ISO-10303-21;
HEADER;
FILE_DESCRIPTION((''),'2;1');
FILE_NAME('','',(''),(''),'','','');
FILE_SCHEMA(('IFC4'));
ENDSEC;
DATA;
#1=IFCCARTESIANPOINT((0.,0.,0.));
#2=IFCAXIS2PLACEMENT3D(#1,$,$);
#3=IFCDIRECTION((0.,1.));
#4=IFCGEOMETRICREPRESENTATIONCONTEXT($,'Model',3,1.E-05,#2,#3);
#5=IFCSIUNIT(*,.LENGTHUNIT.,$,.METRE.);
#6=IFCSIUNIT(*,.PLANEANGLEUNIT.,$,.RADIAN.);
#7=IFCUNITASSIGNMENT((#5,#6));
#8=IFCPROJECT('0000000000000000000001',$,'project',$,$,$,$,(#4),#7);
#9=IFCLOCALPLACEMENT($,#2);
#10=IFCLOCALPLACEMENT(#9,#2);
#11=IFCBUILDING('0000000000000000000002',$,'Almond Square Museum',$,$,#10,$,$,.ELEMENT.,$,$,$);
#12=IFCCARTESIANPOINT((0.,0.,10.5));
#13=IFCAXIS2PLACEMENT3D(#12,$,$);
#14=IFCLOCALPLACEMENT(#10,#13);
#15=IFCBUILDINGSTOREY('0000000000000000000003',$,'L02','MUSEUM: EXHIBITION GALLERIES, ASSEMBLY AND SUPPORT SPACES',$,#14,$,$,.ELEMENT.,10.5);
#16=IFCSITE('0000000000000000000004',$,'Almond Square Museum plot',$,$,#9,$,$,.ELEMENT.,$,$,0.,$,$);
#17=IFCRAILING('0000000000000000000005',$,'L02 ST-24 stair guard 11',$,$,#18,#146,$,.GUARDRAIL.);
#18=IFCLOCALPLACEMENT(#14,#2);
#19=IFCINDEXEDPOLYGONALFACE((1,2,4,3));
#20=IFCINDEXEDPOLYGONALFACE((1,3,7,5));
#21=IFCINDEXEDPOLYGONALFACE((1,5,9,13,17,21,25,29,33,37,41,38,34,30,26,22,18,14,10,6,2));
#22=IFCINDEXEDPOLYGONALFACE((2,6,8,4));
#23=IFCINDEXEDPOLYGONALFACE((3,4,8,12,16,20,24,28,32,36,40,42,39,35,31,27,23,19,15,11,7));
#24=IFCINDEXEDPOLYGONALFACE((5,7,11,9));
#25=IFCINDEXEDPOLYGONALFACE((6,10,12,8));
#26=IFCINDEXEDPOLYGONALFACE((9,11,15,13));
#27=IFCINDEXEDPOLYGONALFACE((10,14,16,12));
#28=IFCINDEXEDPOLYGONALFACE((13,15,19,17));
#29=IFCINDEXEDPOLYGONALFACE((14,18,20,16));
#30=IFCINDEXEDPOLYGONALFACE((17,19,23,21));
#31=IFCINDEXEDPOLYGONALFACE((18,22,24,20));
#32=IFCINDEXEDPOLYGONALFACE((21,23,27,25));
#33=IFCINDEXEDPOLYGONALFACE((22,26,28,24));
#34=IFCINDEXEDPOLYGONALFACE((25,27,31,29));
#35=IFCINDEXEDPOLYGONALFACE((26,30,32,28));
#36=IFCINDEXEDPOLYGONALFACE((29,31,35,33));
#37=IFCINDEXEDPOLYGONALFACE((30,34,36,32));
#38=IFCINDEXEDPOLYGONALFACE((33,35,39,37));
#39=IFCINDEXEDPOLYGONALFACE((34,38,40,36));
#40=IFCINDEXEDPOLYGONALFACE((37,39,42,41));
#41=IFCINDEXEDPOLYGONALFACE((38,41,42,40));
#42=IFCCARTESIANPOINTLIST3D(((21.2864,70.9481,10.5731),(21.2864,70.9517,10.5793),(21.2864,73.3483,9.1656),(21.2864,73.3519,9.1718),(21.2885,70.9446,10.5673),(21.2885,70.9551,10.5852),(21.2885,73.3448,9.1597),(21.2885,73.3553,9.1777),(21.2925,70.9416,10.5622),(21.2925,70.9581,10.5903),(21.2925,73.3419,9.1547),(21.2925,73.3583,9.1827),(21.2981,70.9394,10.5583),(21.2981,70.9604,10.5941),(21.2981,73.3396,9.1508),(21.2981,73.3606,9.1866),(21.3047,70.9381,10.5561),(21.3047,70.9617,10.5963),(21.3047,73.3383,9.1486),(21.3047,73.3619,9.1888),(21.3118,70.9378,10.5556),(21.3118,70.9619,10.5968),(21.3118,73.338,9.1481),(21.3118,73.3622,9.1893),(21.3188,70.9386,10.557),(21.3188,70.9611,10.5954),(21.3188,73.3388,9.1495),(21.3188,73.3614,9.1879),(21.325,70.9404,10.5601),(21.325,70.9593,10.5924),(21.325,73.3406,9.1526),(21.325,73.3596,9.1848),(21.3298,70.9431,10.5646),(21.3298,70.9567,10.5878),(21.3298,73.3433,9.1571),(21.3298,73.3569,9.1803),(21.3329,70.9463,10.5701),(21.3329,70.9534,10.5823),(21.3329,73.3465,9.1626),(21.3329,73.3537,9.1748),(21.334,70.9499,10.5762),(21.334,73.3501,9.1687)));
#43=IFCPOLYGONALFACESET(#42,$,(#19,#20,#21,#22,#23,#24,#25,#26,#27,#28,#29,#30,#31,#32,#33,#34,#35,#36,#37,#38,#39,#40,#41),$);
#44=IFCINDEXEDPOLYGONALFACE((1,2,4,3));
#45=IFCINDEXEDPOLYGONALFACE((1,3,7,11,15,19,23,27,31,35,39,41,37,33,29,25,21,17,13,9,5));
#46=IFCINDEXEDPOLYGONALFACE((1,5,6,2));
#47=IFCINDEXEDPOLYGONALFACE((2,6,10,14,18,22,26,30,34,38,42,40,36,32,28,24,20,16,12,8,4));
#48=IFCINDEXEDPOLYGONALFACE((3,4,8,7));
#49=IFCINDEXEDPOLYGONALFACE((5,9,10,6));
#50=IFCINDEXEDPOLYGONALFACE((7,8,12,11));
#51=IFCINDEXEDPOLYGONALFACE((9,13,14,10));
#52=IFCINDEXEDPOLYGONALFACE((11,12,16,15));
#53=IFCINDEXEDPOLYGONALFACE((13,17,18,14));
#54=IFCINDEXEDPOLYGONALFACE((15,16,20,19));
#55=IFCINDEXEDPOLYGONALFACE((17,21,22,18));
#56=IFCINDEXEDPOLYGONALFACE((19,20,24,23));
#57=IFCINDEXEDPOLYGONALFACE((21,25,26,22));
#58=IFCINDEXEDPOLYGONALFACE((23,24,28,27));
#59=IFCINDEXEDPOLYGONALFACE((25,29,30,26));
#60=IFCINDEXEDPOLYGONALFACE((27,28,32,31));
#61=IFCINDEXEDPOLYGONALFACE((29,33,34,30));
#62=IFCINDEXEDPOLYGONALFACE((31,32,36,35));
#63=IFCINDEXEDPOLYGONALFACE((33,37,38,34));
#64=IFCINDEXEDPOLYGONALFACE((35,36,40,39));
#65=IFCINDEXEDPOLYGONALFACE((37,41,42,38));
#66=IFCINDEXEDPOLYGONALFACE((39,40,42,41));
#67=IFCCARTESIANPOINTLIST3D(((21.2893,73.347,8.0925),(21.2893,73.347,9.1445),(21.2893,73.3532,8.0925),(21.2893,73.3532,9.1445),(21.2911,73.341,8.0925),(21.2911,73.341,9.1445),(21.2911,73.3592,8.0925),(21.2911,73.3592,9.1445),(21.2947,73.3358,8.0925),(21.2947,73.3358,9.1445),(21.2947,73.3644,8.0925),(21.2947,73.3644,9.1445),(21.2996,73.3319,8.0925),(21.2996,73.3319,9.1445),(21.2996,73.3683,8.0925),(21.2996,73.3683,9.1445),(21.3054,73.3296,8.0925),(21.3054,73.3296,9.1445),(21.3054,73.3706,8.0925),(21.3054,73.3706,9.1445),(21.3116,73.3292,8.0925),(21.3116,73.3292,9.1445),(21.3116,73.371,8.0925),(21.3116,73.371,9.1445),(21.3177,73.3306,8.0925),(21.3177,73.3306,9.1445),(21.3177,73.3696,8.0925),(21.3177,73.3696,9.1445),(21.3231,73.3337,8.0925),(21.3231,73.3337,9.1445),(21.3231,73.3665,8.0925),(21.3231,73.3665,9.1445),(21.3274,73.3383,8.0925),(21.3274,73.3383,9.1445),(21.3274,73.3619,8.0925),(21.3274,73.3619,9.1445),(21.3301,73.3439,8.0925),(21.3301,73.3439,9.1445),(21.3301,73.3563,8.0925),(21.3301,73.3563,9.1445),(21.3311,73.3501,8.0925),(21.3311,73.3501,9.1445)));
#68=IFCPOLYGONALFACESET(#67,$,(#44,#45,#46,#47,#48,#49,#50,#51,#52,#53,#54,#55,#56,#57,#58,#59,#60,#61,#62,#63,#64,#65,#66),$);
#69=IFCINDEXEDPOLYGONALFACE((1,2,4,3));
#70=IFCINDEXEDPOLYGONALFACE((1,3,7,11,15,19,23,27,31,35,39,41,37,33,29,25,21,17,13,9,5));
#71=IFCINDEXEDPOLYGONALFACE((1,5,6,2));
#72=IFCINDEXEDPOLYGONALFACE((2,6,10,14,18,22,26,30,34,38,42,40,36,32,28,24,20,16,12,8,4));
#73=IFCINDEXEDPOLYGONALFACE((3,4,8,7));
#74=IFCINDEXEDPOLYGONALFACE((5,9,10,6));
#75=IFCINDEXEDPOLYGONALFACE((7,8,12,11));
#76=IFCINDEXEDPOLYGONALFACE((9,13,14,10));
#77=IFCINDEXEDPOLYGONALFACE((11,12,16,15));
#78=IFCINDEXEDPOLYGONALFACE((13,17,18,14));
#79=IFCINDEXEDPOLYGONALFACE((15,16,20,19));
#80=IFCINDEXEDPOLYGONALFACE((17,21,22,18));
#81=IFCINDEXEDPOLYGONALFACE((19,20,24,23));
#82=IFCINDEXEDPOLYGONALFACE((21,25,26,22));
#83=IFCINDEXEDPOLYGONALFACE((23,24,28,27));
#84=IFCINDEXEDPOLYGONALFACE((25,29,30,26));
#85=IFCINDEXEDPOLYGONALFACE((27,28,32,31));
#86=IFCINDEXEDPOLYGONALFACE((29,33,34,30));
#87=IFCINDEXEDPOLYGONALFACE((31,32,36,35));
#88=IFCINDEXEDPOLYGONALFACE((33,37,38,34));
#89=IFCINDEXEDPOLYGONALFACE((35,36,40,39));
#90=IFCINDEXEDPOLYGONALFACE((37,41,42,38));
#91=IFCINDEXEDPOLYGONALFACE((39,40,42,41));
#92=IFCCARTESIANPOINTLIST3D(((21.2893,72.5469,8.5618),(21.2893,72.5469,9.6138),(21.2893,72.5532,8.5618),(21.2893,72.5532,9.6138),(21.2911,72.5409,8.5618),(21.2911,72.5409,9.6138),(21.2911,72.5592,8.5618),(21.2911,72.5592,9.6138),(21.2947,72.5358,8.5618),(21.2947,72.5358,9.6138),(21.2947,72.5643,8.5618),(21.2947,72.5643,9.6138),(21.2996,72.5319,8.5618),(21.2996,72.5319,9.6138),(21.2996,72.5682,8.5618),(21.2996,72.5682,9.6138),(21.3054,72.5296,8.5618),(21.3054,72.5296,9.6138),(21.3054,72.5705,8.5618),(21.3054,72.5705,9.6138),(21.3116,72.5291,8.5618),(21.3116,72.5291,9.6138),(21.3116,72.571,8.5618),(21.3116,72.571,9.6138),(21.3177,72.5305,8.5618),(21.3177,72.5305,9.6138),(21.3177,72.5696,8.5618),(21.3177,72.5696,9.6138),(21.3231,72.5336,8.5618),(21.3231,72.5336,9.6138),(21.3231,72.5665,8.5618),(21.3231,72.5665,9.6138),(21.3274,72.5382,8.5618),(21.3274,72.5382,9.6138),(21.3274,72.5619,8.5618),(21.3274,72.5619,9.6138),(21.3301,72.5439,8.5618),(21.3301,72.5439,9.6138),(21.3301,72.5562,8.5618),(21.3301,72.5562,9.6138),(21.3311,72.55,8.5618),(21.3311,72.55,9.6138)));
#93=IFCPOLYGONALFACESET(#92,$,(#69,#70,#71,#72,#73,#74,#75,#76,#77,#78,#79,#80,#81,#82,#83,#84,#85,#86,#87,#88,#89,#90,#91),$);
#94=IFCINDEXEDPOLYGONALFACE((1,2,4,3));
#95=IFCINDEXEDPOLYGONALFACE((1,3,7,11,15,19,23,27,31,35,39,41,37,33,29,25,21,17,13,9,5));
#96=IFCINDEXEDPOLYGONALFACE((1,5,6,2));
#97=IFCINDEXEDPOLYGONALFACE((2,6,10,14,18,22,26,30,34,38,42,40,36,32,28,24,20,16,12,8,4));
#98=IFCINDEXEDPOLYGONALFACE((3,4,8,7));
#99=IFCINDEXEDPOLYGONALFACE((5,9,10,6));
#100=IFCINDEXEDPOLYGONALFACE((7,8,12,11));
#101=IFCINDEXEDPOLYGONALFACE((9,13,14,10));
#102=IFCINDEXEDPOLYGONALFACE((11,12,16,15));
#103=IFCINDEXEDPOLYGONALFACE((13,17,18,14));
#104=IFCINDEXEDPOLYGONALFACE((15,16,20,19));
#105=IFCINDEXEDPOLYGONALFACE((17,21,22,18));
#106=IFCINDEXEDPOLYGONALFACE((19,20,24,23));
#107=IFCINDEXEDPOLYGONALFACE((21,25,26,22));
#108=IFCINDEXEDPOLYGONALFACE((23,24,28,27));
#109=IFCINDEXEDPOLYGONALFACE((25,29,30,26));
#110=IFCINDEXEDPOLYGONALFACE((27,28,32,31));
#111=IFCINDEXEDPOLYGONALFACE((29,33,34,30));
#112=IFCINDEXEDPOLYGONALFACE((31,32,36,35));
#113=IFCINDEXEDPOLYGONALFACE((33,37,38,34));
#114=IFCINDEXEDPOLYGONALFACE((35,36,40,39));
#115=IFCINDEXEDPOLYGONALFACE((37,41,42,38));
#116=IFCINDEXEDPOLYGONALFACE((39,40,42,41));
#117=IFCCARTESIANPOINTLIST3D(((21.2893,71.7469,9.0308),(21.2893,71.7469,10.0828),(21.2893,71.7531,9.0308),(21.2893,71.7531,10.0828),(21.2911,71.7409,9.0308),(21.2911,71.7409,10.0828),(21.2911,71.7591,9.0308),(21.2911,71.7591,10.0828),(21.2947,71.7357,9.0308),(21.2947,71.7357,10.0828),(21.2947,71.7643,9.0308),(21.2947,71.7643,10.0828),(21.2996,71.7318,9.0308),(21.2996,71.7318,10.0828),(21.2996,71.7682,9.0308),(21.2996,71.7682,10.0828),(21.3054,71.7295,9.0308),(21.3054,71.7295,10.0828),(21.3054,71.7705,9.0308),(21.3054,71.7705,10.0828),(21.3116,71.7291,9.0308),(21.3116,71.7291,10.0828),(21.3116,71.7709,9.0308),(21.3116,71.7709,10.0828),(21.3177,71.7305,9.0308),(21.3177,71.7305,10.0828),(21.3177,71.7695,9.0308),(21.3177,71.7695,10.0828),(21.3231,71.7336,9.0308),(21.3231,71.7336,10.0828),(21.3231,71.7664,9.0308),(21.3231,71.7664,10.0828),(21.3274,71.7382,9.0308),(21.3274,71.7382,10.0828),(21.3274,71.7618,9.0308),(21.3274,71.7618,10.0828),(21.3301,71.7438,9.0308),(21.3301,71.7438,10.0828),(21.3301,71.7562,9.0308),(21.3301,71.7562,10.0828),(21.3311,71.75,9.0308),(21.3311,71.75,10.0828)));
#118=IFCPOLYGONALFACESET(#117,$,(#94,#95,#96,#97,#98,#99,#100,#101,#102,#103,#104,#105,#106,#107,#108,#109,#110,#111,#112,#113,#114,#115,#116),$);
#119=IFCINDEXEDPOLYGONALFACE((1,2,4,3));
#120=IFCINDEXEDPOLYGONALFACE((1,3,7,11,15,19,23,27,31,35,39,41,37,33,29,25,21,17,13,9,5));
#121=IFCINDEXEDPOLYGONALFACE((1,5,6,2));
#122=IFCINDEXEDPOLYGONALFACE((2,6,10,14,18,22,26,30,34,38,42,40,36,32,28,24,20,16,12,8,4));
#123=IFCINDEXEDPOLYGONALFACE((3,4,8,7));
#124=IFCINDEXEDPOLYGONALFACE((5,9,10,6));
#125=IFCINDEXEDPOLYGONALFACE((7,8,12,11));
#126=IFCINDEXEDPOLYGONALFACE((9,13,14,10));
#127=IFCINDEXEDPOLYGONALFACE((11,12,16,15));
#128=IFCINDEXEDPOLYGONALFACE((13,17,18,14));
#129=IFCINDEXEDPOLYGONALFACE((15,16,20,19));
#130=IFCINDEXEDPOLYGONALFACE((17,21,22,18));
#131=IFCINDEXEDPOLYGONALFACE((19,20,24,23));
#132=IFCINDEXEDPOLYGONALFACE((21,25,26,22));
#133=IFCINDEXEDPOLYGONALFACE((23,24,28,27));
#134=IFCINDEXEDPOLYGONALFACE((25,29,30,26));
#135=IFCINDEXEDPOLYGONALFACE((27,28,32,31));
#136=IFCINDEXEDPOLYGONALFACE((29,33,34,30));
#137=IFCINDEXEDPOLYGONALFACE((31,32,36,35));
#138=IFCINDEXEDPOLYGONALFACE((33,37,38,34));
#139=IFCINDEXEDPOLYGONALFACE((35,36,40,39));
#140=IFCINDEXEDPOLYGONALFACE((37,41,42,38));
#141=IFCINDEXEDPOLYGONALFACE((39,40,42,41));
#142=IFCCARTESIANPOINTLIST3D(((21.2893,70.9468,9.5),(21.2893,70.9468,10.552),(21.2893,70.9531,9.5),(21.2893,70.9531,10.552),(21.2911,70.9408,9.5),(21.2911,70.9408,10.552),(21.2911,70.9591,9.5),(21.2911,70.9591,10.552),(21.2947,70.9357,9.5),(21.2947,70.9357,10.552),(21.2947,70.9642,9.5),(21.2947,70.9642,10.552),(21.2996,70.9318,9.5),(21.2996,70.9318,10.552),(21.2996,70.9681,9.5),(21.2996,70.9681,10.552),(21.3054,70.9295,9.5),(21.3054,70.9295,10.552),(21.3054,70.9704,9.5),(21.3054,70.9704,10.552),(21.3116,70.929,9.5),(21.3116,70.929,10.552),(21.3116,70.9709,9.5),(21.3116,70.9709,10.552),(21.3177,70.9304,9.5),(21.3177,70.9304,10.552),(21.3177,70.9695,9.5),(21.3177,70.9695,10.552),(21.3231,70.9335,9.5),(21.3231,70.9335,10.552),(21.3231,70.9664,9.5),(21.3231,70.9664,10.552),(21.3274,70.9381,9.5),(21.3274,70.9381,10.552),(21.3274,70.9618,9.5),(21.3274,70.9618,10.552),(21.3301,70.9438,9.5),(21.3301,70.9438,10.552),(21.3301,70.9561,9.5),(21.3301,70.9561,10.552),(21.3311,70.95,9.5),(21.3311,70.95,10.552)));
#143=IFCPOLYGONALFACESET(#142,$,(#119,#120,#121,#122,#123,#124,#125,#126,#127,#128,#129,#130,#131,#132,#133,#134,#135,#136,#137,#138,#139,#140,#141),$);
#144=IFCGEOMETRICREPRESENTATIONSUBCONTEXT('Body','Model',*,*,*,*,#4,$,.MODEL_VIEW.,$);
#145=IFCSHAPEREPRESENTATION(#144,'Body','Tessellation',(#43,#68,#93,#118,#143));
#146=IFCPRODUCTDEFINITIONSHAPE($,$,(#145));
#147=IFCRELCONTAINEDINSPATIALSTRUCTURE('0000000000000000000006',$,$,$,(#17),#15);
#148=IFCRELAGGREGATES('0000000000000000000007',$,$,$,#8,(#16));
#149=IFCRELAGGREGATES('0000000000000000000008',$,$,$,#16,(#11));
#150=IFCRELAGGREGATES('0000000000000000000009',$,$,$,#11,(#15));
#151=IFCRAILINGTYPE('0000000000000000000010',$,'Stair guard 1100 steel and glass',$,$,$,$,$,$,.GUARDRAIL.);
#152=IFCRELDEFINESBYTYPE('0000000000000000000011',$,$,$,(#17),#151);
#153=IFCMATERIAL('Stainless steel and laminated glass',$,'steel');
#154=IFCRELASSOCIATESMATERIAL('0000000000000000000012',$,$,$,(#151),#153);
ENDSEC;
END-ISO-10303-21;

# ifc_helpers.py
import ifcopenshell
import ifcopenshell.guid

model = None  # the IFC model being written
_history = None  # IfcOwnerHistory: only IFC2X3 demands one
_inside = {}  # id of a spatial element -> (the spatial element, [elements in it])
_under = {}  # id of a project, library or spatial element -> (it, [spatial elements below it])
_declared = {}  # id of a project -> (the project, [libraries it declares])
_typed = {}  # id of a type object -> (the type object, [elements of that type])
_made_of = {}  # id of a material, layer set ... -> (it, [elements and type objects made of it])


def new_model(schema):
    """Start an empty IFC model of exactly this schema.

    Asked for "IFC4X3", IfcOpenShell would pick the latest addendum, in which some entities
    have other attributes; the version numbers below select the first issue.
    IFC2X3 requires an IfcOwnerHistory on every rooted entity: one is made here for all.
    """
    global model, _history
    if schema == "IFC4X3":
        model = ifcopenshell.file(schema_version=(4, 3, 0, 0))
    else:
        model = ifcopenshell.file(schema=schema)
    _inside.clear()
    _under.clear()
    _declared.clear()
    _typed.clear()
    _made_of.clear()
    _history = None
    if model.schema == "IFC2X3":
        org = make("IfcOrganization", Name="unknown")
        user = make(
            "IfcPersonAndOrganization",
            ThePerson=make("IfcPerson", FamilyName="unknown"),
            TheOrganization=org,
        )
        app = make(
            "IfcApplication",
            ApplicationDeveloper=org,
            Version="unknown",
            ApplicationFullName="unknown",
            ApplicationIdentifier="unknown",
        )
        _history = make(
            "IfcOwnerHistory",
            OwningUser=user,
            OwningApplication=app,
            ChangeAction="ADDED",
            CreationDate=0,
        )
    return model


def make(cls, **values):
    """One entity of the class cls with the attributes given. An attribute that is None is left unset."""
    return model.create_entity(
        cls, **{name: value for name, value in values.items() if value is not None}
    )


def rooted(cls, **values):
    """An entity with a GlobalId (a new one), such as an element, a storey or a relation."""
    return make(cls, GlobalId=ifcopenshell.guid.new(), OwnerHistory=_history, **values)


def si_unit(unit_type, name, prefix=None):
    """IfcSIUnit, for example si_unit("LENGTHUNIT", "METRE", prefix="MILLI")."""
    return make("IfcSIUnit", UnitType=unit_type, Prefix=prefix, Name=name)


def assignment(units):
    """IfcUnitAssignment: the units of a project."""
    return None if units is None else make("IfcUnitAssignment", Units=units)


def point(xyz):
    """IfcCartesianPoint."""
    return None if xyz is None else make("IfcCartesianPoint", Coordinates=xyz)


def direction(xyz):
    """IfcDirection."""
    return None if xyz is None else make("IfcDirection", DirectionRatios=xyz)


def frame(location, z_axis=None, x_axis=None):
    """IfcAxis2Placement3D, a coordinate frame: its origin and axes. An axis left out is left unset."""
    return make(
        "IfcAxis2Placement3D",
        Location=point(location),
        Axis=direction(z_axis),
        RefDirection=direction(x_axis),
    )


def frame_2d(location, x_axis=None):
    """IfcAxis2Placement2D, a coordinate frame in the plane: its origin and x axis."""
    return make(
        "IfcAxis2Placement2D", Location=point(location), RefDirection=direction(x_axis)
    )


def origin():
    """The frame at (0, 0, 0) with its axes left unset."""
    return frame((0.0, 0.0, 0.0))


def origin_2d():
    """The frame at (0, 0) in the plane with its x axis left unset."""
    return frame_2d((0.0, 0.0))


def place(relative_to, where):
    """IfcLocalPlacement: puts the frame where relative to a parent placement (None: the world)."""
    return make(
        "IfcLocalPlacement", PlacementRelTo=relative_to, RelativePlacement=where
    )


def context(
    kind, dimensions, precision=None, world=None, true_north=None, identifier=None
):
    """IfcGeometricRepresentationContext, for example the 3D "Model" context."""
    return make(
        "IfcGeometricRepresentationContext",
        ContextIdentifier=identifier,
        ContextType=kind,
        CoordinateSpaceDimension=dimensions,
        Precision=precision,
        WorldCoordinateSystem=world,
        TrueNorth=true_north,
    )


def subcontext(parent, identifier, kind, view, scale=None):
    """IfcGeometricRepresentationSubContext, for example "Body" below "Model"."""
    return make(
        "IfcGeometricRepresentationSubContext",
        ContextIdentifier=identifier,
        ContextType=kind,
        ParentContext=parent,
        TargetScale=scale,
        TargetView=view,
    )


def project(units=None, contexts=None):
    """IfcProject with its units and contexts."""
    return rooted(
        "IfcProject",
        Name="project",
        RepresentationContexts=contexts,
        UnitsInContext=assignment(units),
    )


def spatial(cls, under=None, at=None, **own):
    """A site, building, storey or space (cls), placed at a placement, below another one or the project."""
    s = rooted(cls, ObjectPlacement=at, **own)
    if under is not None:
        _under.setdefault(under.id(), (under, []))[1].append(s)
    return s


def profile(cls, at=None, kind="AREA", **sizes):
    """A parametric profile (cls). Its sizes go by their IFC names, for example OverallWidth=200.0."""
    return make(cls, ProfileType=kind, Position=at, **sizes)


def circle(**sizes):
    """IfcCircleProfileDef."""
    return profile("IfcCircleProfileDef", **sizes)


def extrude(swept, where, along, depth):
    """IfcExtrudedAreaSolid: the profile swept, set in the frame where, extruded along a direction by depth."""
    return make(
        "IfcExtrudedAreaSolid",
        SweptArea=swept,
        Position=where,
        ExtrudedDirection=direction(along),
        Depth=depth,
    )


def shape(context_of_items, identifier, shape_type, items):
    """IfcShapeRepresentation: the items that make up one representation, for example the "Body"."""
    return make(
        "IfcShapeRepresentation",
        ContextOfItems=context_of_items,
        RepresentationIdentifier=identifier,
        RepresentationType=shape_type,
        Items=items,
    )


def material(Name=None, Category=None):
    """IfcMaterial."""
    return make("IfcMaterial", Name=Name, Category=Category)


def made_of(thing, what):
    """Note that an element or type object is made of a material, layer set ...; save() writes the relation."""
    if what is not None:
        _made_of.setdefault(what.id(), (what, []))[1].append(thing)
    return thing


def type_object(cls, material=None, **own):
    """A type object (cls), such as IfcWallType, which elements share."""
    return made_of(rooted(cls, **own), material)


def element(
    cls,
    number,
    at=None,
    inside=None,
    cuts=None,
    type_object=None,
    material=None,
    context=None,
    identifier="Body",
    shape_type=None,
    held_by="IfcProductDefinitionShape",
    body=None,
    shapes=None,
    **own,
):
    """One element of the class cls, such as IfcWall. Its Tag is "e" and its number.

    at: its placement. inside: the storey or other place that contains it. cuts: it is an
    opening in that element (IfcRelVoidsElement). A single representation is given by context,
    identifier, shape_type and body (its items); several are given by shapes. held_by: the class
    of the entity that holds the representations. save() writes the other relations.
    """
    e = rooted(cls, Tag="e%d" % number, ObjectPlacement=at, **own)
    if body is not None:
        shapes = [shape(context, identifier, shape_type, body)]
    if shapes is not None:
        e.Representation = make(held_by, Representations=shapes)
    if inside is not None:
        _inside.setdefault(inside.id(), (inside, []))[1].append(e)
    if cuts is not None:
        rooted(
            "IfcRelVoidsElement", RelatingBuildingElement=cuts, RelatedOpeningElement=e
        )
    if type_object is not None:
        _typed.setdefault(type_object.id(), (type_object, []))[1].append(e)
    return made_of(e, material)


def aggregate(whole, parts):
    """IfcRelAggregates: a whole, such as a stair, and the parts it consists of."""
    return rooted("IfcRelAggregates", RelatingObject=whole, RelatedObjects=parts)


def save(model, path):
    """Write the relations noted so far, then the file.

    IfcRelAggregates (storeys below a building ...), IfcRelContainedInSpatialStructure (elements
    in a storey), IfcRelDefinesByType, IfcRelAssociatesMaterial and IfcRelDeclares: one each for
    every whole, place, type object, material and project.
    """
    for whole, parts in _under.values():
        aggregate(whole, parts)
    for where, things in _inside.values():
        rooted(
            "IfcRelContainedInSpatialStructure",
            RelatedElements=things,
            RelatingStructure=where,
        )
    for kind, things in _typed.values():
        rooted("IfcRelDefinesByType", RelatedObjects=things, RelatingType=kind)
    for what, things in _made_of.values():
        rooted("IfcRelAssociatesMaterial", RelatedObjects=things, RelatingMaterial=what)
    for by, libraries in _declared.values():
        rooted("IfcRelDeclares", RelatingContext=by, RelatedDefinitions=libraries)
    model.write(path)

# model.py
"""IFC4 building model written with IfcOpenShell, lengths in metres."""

from ifc_helpers import new_model, si_unit, direction, frame, origin, origin_2d, place, context, subcontext, project, spatial, circle, extrude, material, type_object, element, save


model = new_model("IFC4")

# Units and contexts
model_context = context("Model", 3, precision=1e-05, world=origin(), true_north=direction((0.0, 1.0)))
body_context = subcontext(model_context, "Body", "Model", "MODEL_VIEW")
ifc_project = project(units=[si_unit("LENGTHUNIT", "METRE"), si_unit("PLANEANGLEUNIT", "RADIAN")], contexts=[model_context])

# Site, building, storey
site_placement = place(None, origin())
site = spatial("IfcSite", under=ifc_project, at=site_placement, Name="Almond Square Museum plot", CompositionType="ELEMENT", RefElevation=0.0)
building_placement = place(site_placement, origin())
building = spatial("IfcBuilding", under=site, at=building_placement, Name="Almond Square Museum", CompositionType="ELEMENT")
storey_placement = place(building_placement, frame((0.0, 0.0, 10.5)))
storey = spatial("IfcBuildingStorey", under=building, at=storey_placement, Name="L02", Description="MUSEUM: EXHIBITION GALLERIES, ASSEMBLY AND SUPPORT SPACES", CompositionType="ELEMENT", Elevation=10.5)

# Railing
ifc_material_1 = material(Name="Stainless steel and laminated glass", Category="steel")
railing_type_1 = type_object("IfcRailingType", Name="Stair guard 1100 steel and glass", PredefinedType="GUARDRAIL", material=ifc_material_1)
railing_1_placement = place(storey_placement, frame((21.3101, 73.3501, 8.0925)))
element("IfcRailing", 1, at=railing_1_placement, inside=storey, type_object=railing_type_1, Name="L02 ST-24 stair guard 11", PredefinedType="GUARDRAIL", context=body_context, shape_type="SweptSolid", body=[
    extrude(circle(Radius=0.0239, at=origin_2d()), frame((0.0, 0.0, 1.0762), z_axis=(0.0, -0.862621, 0.50585), x_axis=(1.0, 0.0, 0.0)), (0.0, 0.0, 1.0), 2.7825),
    extrude(circle(Radius=0.021, at=origin_2d()), origin(), (0.0, 0.0, 1.0), 1.052),
    extrude(circle(Radius=0.021, at=origin_2d()), frame((0.0, -0.8, 0.4692)), (0.0, 0.0, 1.0), 1.052),
    extrude(circle(Radius=0.021, at=origin_2d()), frame((0.0, -1.6001, 0.9382)), (0.0, 0.0, 1.0), 1.052),
    extrude(circle(Radius=0.021, at=origin_2d()), frame((0.0, -2.4001, 1.4075)), (0.0, 0.0, 1.0), 1.052),
])

save(model, "model.ifc")
